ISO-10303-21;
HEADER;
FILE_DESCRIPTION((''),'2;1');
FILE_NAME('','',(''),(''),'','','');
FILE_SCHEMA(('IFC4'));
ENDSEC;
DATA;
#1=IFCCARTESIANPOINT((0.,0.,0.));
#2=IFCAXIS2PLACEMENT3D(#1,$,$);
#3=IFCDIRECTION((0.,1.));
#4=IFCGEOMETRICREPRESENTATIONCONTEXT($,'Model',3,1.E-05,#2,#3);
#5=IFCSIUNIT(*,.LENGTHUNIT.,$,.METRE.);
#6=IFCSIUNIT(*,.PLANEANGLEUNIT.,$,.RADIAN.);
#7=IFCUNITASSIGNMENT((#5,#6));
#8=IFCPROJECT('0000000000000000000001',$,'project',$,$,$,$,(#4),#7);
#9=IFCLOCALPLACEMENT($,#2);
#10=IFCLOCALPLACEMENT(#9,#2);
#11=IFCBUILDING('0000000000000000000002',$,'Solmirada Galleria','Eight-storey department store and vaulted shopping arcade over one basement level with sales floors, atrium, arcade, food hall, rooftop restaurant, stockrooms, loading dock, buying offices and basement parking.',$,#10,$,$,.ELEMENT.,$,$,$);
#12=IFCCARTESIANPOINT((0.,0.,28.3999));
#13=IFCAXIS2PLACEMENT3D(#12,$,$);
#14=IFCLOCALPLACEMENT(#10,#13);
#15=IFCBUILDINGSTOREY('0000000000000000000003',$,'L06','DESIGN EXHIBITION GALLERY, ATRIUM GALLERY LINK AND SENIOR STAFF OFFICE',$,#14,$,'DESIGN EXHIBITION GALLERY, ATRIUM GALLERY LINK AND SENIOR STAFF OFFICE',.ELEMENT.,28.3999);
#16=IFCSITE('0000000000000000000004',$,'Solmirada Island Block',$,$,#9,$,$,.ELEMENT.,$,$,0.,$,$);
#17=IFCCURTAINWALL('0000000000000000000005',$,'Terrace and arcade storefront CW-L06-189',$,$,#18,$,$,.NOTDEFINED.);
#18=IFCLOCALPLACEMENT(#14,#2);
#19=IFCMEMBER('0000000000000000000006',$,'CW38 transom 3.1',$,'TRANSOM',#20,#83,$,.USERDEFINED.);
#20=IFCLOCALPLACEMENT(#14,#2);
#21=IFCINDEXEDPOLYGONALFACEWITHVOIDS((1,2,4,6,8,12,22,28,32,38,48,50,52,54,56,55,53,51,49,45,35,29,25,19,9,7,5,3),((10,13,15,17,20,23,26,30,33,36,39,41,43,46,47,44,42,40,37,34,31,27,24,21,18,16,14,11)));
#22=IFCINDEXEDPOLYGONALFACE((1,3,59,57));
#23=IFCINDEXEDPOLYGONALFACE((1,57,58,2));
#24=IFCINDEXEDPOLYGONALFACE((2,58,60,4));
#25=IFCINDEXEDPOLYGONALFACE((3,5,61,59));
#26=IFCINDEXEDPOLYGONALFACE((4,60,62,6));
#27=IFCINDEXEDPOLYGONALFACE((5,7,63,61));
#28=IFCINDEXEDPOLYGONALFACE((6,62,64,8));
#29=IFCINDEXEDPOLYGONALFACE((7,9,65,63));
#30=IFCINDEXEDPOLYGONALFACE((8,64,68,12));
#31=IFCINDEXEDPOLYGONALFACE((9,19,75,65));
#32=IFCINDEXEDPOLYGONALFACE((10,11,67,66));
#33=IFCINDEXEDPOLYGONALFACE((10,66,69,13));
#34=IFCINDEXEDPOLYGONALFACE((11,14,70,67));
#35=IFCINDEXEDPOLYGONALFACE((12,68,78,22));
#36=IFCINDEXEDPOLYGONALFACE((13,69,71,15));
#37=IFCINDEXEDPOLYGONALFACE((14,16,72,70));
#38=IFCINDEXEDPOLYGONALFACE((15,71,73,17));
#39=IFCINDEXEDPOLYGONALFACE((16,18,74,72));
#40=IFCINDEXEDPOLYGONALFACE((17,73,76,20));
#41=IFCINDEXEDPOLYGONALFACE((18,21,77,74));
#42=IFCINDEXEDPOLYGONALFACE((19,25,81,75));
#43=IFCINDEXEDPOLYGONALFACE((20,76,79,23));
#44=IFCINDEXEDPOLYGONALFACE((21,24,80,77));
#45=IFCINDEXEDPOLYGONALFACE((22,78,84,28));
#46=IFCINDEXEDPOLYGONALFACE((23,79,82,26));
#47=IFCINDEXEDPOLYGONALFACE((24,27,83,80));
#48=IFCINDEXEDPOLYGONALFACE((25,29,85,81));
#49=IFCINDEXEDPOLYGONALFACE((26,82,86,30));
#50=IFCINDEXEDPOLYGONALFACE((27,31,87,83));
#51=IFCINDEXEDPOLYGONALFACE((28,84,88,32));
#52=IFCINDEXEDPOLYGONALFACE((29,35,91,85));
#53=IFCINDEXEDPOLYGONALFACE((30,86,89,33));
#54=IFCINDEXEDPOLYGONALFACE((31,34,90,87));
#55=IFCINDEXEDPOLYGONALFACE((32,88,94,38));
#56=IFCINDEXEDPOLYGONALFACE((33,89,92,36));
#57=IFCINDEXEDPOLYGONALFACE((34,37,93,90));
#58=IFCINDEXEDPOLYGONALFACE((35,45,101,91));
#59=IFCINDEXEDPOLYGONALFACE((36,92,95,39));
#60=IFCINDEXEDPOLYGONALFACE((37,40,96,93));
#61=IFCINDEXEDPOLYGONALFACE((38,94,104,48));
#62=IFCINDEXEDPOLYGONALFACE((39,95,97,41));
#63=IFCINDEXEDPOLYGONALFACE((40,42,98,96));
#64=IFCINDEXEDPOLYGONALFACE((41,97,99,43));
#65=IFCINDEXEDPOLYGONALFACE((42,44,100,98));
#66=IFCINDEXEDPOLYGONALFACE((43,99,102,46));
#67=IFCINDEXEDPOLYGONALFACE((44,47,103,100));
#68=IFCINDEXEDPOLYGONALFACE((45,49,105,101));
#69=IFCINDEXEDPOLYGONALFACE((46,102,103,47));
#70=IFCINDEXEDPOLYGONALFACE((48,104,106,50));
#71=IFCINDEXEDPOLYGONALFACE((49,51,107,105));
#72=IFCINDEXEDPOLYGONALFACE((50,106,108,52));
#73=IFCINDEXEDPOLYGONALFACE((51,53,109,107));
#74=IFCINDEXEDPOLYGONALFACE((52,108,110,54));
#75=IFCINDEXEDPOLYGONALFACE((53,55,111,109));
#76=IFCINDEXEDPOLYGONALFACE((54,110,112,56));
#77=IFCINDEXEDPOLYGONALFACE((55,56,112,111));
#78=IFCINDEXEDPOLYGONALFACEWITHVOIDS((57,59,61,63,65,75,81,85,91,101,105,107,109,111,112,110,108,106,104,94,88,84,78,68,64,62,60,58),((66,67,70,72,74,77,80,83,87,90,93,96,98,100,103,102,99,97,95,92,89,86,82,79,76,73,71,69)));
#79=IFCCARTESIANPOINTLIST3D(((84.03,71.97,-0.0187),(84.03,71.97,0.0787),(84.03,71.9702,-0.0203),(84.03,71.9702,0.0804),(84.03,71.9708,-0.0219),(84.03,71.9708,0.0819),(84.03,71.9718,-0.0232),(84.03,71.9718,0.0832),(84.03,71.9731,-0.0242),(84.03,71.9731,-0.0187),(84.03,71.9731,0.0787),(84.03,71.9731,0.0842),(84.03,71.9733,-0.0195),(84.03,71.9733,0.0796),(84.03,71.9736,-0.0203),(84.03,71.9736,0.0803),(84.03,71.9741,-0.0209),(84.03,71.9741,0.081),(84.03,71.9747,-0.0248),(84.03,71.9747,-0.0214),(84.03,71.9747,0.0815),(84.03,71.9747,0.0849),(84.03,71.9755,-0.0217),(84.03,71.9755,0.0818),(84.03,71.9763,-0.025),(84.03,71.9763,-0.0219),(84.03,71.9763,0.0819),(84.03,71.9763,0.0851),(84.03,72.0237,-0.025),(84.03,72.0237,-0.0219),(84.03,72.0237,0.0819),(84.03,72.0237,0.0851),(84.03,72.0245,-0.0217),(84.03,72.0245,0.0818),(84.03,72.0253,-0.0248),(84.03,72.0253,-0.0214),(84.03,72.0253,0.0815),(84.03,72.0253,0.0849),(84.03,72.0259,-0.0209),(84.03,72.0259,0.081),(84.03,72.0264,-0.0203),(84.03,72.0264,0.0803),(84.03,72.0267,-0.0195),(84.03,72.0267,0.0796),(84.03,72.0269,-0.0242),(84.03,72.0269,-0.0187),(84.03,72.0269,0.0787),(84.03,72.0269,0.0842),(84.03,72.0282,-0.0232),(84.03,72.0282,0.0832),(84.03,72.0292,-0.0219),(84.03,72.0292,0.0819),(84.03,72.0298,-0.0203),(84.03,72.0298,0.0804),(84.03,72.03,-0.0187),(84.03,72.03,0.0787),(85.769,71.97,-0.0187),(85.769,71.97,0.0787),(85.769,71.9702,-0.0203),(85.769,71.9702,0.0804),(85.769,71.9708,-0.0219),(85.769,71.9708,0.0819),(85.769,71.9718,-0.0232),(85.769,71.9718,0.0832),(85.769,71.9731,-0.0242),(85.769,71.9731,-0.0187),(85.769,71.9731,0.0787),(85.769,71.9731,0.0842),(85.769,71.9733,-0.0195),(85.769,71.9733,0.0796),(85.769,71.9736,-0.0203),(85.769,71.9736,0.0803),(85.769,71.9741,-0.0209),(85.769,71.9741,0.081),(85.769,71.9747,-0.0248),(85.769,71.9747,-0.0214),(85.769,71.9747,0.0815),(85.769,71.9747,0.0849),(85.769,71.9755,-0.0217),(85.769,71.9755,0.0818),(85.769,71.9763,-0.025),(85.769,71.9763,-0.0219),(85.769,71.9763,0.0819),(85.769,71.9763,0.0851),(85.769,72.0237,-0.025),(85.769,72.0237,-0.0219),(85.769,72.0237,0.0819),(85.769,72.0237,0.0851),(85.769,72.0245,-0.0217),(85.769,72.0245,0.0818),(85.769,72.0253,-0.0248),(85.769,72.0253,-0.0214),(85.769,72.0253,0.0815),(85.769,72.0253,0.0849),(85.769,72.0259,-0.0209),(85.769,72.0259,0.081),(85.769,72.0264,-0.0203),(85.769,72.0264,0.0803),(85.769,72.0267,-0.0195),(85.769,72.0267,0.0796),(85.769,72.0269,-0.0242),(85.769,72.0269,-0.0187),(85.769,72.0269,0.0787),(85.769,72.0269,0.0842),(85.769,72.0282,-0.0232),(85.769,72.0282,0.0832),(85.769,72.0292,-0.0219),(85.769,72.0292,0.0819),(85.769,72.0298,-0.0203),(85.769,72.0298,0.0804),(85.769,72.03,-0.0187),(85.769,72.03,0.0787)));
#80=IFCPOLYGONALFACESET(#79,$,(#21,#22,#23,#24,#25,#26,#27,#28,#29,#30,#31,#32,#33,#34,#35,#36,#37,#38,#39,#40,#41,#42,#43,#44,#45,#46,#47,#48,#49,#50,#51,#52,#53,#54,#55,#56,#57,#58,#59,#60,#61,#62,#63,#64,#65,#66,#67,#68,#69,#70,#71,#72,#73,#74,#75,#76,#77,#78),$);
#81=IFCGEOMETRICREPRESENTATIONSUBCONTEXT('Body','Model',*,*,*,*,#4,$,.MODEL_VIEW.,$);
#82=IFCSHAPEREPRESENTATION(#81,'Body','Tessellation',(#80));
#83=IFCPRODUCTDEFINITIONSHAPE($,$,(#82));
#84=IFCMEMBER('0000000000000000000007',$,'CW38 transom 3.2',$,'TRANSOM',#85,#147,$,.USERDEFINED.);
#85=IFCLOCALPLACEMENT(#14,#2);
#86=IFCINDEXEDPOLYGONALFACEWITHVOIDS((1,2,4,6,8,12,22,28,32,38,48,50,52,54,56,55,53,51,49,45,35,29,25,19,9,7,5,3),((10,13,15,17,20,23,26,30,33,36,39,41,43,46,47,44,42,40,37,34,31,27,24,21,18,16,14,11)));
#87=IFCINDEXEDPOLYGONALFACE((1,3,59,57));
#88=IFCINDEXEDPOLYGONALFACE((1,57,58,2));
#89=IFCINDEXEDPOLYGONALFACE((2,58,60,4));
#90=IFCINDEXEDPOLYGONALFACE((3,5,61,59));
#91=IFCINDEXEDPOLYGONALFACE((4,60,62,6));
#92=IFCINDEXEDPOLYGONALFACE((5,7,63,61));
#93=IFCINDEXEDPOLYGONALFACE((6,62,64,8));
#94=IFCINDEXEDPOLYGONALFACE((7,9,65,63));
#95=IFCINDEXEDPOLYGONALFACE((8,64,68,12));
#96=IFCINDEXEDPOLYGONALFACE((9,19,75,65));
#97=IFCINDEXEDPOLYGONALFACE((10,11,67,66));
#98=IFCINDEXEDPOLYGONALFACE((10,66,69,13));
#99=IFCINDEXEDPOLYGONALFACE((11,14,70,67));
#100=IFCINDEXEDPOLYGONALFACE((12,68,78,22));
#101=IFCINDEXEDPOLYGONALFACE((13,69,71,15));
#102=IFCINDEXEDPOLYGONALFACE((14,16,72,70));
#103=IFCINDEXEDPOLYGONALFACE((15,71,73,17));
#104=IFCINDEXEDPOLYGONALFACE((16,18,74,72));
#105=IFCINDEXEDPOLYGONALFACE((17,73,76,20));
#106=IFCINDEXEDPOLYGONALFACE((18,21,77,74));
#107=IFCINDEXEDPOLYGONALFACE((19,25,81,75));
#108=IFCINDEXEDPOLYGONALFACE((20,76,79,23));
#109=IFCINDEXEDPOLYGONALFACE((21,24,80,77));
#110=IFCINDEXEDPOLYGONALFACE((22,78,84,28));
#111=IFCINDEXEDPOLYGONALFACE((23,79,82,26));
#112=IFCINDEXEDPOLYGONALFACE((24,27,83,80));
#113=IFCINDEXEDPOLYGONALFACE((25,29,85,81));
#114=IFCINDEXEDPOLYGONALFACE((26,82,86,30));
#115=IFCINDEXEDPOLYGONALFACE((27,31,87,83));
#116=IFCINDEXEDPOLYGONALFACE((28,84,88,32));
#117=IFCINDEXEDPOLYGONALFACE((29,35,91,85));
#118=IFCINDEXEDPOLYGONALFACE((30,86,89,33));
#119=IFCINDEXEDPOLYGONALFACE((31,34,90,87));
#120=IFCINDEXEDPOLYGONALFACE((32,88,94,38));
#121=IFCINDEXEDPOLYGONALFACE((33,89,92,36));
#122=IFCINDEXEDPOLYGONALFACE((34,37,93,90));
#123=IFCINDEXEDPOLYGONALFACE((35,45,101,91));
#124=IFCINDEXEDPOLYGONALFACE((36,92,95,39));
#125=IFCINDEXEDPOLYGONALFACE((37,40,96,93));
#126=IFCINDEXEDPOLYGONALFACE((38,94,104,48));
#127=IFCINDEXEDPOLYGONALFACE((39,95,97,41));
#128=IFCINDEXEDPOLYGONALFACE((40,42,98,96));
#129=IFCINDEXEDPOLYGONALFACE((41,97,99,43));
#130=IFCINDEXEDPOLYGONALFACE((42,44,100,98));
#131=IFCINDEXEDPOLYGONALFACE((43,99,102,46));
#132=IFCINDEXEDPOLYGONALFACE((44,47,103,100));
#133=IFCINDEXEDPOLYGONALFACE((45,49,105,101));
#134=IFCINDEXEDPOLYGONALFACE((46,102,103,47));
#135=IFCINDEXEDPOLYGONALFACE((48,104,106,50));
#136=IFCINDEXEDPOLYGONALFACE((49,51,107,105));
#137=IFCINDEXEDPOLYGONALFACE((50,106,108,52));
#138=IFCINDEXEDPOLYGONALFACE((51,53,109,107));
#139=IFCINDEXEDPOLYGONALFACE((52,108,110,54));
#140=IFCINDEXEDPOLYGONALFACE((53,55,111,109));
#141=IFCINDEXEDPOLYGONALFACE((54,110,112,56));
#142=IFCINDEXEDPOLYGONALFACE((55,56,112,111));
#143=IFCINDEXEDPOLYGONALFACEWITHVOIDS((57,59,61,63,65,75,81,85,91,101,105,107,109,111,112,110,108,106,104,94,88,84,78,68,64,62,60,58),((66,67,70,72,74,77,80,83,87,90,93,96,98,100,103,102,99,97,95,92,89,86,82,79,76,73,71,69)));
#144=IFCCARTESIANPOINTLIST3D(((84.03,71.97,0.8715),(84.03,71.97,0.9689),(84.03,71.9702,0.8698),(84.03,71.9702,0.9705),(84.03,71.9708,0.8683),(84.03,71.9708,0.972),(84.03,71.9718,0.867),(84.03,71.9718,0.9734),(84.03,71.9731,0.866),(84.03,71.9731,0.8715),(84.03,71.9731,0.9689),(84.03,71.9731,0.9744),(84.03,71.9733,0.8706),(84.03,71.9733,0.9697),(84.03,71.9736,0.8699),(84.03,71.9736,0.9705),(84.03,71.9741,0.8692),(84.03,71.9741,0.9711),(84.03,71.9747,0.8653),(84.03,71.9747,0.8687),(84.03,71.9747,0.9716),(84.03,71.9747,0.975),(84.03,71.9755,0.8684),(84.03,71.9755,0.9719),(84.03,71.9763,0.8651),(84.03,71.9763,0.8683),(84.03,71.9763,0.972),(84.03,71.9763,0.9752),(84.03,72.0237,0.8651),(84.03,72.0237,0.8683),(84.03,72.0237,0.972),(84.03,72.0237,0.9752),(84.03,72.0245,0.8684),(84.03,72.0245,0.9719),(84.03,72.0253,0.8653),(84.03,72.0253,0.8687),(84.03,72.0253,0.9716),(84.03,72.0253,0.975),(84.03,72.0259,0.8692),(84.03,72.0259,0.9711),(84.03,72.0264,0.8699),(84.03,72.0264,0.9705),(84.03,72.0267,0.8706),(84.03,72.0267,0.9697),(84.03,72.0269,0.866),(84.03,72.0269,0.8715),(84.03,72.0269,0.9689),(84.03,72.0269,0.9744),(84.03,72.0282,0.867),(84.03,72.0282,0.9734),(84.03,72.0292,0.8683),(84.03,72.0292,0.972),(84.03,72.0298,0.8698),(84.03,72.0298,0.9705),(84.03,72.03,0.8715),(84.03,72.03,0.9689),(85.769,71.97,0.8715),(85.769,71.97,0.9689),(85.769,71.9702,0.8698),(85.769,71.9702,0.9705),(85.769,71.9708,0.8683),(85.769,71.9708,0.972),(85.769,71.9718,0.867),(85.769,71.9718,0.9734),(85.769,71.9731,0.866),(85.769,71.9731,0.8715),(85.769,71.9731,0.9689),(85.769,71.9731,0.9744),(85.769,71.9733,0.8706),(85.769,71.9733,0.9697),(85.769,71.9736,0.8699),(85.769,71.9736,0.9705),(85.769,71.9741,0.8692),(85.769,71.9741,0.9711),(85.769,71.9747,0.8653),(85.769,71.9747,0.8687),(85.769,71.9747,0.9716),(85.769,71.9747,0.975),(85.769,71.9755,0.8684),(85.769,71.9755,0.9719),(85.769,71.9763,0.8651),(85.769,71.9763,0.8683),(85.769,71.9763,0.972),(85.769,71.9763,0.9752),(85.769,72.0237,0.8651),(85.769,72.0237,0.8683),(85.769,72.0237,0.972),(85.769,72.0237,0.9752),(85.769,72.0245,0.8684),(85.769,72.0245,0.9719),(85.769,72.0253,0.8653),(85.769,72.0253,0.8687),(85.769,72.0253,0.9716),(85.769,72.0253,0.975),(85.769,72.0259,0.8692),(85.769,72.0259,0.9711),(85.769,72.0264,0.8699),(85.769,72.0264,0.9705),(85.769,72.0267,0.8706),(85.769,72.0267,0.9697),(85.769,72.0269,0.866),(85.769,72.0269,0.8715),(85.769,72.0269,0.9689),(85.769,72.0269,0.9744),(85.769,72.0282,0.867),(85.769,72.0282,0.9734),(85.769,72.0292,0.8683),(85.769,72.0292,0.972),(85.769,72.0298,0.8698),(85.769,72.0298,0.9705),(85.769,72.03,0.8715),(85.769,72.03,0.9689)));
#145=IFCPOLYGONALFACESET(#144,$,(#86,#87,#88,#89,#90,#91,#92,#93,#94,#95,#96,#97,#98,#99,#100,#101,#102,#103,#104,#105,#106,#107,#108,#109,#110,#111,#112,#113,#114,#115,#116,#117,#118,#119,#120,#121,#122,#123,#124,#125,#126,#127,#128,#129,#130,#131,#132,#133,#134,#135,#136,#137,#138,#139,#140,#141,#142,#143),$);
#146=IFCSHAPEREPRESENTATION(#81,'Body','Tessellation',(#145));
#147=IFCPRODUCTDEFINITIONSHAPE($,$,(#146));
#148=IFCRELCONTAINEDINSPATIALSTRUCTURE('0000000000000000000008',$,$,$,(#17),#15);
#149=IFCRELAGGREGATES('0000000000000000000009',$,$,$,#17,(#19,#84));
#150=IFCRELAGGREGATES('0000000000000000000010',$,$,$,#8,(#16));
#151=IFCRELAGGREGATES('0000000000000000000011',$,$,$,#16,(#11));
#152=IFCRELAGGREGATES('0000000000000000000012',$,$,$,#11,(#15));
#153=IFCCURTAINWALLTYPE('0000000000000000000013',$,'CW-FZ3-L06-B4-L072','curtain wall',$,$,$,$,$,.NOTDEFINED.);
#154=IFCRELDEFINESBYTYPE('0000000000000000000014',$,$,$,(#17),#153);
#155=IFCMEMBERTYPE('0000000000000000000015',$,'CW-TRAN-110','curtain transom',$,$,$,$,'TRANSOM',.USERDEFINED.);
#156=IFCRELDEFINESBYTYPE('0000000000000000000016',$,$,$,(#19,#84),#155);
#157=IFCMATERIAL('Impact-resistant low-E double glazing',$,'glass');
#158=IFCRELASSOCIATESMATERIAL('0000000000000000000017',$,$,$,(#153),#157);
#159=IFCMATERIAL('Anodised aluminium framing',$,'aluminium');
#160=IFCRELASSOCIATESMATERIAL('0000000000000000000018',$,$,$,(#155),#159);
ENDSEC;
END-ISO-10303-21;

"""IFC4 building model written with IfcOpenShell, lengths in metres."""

from ifc_helpers import new_model, si_unit, direction, frame, origin, origin_2d, place, context, subcontext, project, spatial, hollow_rectangle, extrude, material, material_profile, profile_set, type_object, element, aggregate, save


model = new_model("IFC4")

# Units and contexts
model_context = context("Model", 3, precision=1e-05, world=origin(), true_north=direction((0.0, 1.0)))
body_context = subcontext(model_context, "Body", "Model", "MODEL_VIEW")
ifc_project = project(units=[si_unit("LENGTHUNIT", "METRE"), si_unit("PLANEANGLEUNIT", "RADIAN")], contexts=[model_context])

# Site, building, storey
site_placement = place(None, origin())
site = spatial("IfcSite", under=ifc_project, at=site_placement, Name="Solmirada Island Block", CompositionType="ELEMENT", RefElevation=0.0)
building_placement = place(site_placement, origin())
building = spatial("IfcBuilding", under=site, at=building_placement, Name="Solmirada Galleria", Description="Eight-storey department store and vaulted shopping arcade over one basement level with sales floors, atrium, arcade, food hall, rooftop restaurant, stockrooms, loading dock, buying offices and basement parking.", CompositionType="ELEMENT")
storey_placement = place(building_placement, frame((0.0, 0.0, 28.3999)))
storey = spatial("IfcBuildingStorey", under=building, at=storey_placement, Name="L06", Description="DESIGN EXHIBITION GALLERY, ATRIUM GALLERY LINK AND SENIOR STAFF OFFICE", LongName="DESIGN EXHIBITION GALLERY, ATRIUM GALLERY LINK AND SENIOR STAFF OFFICE", CompositionType="ELEMENT", Elevation=28.3999)

# Curtain wall, members
ifc_material_1 = material(Name="Impact-resistant low-E double glazing", Category="glass")
curtain_wall_type = type_object("IfcCurtainWallType", Name="CW-FZ3-L06-B4-L072", Description="curtain wall", PredefinedType="NOTDEFINED", material=ifc_material_1)
curtain_wall_placement = place(storey_placement, origin())
curtain_wall = element("IfcCurtainWall", 1, at=curtain_wall_placement, inside=storey, type_object=curtain_wall_type, Name="Terrace and arcade storefront CW-L06-189", PredefinedType="NOTDEFINED")
ifc_material_2 = material(Name="Anodised aluminium framing", Category="aluminium")
ifc_material_profile_1 = material_profile(ifc_material_2, hollow_rectangle(XDim=0.0601, YDim=0.1101, WallThickness=0.0032, InnerFilletRadius=0.0032, OuterFilletRadius=0.0063, at=origin_2d()), Name="ALU-TRAN-110X60")
ifc_profile_set_1 = profile_set([ifc_material_profile_1], Name="Anodised aluminium framing")
member_type_1 = type_object("IfcMemberType", Name="CW-TRAN-110", Description="curtain transom", ElementType="TRANSOM", PredefinedType="USERDEFINED", material=ifc_profile_set_1)
member_1_placement = place(storey_placement, frame((84.03, 72.0, 0.03), z_axis=(1.0, 0.0, 0.0), x_axis=(0.0, 1.0, 0.0)))
member_1 = element("IfcMember", 2, at=member_1_placement, type_object=member_type_1, Name="CW38 transom 3.1", ObjectType="TRANSOM", PredefinedType="USERDEFINED", context=body_context, shape_type="SweptSolid", body=[
    extrude(hollow_rectangle(XDim=0.0601, YDim=0.1101, WallThickness=0.0032, InnerFilletRadius=0.0032, OuterFilletRadius=0.0063, at=origin_2d()), origin(), (0.0, 0.0, 1.0), 1.739),
])
member_2_placement = place(storey_placement, frame((84.03, 72.0, 0.9202), z_axis=(1.0, 0.0, 0.0), x_axis=(0.0, 1.0, 0.0)))
member_2 = element("IfcMember", 3, at=member_2_placement, type_object=member_type_1, Name="CW38 transom 3.2", ObjectType="TRANSOM", PredefinedType="USERDEFINED", context=body_context, shape_type="SweptSolid", body=[
    extrude(hollow_rectangle(XDim=0.0601, YDim=0.1101, WallThickness=0.0032, InnerFilletRadius=0.0032, OuterFilletRadius=0.0063, at=origin_2d()), origin(), (0.0, 0.0, 1.0), 1.739),
])
aggregate(curtain_wall, [member_1, member_2])

save(model, "model.ifc")
